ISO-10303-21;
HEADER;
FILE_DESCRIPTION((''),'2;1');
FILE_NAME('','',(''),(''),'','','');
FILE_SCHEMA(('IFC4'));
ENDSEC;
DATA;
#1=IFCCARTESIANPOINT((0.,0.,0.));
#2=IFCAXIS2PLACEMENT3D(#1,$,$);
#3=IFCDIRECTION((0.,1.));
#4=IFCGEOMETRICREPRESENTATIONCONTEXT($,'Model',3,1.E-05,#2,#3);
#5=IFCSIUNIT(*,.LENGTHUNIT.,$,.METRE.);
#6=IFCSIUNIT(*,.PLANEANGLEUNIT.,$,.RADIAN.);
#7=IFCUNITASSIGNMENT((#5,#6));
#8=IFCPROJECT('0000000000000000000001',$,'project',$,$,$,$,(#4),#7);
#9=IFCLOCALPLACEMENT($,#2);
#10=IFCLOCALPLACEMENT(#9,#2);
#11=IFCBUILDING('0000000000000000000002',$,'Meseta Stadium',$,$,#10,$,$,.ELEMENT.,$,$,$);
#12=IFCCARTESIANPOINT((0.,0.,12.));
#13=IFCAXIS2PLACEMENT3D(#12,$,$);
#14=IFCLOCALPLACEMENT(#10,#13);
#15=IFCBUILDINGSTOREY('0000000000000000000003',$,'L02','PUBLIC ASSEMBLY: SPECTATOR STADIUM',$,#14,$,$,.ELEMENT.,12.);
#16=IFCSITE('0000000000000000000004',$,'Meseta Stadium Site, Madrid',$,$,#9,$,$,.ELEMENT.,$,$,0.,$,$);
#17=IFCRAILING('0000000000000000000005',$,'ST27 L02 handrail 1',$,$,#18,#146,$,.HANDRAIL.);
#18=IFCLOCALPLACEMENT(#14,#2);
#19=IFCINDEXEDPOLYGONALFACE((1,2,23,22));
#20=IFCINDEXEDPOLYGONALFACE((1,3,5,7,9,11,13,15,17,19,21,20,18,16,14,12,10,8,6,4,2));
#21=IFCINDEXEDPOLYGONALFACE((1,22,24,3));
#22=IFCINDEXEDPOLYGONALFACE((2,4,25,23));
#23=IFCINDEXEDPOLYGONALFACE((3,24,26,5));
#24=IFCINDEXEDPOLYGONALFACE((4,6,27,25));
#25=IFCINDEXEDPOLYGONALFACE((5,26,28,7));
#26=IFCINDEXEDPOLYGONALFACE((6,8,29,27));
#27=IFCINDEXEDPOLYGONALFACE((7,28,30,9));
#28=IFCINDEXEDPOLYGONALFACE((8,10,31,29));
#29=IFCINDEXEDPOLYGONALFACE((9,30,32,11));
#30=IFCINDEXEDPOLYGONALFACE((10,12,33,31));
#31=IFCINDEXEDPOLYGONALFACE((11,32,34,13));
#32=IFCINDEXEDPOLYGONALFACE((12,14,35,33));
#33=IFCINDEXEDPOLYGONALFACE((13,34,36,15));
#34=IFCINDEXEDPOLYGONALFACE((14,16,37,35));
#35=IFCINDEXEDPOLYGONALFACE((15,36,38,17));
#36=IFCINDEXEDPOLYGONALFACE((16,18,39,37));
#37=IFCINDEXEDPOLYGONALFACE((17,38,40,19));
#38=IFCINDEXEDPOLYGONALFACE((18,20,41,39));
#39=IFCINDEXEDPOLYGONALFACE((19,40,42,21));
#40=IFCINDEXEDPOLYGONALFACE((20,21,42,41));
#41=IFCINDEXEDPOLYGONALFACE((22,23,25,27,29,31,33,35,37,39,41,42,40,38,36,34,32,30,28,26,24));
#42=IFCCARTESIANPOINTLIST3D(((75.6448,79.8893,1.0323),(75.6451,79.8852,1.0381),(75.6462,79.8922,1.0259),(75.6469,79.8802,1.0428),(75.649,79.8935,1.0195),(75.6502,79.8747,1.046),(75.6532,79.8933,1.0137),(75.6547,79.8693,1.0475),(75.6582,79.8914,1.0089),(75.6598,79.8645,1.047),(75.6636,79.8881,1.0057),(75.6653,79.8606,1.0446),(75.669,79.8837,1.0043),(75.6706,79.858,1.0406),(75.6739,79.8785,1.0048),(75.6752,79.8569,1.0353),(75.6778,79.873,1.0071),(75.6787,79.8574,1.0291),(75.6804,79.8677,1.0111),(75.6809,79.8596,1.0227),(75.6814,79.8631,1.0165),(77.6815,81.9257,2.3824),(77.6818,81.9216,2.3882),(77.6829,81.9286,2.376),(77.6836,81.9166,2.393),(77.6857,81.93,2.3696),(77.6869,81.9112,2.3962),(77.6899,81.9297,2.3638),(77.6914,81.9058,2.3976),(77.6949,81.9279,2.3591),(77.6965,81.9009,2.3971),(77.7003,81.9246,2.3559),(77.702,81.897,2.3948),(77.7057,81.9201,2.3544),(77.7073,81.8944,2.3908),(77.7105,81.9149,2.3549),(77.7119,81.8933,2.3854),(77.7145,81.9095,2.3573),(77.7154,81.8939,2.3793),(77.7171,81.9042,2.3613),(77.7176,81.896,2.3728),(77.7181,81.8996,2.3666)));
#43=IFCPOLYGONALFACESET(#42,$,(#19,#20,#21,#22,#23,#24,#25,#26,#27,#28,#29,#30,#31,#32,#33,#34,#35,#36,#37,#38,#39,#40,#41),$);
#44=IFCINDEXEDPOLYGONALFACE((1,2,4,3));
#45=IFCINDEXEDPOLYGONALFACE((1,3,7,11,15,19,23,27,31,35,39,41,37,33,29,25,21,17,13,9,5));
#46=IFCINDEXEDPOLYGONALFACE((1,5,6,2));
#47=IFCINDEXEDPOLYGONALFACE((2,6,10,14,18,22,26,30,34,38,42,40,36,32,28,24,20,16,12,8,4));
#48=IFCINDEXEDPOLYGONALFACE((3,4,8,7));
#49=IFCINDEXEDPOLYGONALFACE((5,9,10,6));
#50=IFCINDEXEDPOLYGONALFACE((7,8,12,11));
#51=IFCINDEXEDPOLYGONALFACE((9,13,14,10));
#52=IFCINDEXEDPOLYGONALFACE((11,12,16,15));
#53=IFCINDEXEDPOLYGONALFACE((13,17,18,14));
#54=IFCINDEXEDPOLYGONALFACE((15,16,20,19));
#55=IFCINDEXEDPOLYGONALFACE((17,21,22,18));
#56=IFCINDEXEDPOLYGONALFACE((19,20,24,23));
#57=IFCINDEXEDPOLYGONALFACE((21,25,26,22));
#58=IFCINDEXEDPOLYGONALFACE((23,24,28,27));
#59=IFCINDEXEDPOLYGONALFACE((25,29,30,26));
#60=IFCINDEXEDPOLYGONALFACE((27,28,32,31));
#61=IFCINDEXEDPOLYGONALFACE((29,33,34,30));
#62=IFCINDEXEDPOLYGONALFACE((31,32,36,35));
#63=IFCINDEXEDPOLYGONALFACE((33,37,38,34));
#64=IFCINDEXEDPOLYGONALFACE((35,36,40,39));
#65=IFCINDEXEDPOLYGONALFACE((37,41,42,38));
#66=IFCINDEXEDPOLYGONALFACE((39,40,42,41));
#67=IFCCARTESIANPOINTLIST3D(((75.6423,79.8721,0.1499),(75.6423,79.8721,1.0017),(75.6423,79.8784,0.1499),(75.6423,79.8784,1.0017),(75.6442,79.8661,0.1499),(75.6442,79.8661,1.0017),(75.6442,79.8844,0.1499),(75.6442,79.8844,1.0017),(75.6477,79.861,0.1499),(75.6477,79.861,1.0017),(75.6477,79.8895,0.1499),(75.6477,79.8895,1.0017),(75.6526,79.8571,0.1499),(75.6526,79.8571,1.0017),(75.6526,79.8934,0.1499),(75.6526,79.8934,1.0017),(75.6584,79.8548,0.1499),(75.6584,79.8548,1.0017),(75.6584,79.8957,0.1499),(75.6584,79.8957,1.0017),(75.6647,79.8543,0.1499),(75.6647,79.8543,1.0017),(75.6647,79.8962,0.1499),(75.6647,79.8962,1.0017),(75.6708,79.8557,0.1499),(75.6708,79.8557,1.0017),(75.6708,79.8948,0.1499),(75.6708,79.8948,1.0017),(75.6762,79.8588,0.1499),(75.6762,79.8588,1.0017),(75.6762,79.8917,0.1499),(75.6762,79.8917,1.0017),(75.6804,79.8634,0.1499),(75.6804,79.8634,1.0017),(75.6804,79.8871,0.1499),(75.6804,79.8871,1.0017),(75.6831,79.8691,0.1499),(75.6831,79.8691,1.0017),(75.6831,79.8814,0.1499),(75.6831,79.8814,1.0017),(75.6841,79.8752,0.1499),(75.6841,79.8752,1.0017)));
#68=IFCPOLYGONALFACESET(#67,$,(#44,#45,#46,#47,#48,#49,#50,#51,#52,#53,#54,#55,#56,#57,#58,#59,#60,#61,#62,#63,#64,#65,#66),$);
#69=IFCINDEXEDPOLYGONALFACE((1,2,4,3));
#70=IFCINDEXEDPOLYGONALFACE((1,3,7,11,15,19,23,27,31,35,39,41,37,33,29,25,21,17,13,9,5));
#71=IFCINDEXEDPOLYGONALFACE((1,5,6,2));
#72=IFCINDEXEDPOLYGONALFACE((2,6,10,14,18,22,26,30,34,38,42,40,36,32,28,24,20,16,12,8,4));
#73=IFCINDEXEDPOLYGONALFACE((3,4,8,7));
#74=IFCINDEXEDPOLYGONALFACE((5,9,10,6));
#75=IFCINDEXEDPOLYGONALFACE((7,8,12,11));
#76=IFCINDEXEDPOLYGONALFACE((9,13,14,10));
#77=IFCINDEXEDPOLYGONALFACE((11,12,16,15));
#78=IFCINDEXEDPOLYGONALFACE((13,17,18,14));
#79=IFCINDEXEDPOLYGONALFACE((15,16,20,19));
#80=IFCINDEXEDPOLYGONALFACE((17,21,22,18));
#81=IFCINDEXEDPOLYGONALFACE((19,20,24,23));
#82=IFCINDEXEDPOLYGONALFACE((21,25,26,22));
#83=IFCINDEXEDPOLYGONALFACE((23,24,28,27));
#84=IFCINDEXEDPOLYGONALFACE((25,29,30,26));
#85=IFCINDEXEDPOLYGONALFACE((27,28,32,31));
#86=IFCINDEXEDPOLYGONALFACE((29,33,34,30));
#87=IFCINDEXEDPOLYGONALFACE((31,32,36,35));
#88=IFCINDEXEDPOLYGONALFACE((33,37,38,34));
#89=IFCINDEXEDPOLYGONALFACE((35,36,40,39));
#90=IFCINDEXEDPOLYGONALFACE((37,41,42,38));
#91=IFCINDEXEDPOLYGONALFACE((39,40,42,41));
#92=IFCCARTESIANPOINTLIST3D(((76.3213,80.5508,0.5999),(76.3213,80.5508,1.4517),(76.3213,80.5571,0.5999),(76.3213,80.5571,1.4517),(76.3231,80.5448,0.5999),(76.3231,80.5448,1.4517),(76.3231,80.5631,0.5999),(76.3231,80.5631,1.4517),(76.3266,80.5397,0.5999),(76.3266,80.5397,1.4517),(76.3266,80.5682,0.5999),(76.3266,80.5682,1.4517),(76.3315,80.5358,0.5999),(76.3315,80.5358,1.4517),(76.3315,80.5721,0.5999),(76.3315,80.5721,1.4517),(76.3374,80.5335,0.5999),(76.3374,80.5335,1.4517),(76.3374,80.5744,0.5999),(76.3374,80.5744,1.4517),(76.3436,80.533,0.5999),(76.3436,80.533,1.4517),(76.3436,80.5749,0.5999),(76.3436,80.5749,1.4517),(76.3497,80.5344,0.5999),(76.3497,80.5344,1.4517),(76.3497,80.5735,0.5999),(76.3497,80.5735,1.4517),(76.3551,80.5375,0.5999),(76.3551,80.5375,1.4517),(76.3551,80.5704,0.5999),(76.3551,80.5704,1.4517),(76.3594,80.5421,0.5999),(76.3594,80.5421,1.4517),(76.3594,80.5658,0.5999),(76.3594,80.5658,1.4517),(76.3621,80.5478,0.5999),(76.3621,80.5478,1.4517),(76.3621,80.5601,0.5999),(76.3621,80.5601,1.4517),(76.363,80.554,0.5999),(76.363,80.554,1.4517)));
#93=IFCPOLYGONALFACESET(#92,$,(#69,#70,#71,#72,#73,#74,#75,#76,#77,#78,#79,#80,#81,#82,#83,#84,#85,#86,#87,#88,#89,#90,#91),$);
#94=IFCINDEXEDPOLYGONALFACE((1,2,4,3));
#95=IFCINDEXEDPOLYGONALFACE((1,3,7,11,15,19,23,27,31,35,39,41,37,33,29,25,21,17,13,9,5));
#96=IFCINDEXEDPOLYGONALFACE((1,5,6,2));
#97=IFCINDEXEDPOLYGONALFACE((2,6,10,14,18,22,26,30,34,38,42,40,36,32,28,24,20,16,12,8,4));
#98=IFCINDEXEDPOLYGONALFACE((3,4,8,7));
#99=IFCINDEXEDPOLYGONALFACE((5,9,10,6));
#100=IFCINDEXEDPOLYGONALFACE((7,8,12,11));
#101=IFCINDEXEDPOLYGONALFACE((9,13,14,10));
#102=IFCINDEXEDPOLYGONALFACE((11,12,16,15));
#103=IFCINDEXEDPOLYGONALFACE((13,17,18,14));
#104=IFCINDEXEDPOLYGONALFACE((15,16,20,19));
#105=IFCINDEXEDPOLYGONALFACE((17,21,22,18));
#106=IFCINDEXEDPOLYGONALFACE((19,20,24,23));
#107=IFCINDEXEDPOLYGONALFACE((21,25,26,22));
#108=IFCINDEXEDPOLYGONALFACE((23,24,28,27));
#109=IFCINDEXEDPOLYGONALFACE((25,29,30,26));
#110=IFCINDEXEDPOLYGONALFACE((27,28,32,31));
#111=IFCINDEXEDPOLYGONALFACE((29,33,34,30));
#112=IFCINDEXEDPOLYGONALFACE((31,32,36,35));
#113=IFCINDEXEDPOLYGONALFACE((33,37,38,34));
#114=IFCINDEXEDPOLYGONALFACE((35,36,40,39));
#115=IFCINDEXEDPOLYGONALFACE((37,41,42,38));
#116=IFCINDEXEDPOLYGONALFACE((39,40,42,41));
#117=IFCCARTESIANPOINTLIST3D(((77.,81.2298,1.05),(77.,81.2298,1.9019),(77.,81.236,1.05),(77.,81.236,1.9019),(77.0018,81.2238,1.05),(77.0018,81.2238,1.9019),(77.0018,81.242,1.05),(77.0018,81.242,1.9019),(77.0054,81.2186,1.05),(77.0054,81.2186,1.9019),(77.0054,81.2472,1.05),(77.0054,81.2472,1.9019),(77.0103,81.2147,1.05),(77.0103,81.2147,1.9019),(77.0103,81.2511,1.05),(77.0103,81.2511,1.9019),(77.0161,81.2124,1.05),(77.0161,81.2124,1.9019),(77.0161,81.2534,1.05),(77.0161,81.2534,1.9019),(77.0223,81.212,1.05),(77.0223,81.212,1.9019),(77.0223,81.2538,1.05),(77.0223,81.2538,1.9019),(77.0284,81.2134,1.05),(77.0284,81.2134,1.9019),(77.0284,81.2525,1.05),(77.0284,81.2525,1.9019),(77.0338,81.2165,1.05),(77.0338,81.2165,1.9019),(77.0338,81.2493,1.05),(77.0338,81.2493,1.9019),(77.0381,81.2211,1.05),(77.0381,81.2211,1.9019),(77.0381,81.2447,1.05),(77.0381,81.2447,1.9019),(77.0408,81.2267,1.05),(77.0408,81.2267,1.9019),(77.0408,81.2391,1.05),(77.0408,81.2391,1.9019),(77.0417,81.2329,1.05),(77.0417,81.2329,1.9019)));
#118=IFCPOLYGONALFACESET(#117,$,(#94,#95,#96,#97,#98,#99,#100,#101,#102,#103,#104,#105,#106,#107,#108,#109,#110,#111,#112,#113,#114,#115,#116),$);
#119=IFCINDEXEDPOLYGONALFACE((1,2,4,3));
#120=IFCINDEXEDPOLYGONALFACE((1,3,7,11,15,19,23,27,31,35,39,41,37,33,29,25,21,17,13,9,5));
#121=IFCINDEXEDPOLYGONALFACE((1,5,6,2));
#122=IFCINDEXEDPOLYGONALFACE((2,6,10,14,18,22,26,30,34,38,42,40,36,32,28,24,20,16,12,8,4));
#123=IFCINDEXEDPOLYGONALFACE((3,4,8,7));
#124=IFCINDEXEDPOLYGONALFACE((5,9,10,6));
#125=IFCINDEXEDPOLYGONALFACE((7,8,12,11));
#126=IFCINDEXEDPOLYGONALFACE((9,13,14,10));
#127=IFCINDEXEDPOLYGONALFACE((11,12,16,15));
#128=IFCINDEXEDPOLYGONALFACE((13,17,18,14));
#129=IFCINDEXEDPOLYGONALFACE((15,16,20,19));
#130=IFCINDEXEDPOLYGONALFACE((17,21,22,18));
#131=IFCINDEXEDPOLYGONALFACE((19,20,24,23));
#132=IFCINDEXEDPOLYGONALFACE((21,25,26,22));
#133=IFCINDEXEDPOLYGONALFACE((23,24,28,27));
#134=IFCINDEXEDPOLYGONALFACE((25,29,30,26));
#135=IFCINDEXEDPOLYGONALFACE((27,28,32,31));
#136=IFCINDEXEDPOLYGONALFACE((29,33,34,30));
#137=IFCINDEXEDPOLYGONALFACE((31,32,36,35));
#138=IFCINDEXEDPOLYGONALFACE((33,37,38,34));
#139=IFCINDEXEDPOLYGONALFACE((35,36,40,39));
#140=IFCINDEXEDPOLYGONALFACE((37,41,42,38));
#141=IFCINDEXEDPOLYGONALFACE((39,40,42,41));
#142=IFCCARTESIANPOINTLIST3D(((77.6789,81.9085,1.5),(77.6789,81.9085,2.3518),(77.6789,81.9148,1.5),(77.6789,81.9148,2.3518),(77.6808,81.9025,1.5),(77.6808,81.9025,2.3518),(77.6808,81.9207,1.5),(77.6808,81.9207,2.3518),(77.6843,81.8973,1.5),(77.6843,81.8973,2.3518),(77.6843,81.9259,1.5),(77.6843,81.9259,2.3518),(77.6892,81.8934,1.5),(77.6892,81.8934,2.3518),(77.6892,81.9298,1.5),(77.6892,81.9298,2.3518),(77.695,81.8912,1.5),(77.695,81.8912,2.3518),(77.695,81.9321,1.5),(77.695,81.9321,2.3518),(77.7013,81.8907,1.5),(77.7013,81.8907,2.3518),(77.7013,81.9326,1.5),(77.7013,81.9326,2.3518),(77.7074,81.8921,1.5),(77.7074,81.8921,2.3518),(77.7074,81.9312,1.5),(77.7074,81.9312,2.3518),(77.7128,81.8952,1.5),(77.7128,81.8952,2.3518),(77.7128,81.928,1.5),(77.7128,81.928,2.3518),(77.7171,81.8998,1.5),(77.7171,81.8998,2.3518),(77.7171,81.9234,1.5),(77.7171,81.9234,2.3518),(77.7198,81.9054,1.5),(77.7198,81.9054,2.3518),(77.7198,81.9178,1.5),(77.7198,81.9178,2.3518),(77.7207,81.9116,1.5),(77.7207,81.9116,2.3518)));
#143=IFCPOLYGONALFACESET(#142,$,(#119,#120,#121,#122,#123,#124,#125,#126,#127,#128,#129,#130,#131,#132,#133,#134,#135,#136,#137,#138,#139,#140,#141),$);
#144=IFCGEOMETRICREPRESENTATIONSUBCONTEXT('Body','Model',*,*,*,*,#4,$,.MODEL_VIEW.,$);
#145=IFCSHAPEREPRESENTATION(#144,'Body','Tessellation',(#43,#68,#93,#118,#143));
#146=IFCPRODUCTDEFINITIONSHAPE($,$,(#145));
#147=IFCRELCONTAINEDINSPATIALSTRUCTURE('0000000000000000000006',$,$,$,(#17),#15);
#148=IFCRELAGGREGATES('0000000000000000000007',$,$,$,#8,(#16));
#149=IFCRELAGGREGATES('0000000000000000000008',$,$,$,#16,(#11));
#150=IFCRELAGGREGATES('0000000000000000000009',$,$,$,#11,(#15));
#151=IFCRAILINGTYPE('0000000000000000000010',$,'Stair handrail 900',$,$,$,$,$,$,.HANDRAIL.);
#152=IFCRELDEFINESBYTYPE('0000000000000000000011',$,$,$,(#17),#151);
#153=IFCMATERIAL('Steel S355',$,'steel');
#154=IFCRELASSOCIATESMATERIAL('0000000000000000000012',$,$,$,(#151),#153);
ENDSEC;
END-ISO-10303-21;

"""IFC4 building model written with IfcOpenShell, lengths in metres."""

from ifc_helpers import new_model, si_unit, direction, frame, origin, origin_2d, place, context, subcontext, project, spatial, circle, extrude, material, type_object, element, save


model = new_model("IFC4")

# Units and contexts
model_context = context("Model", 3, precision=1e-05, world=origin(), true_north=direction((0.0, 1.0)))
body_context = subcontext(model_context, "Body", "Model", "MODEL_VIEW")
ifc_project = project(units=[si_unit("LENGTHUNIT", "METRE"), si_unit("PLANEANGLEUNIT", "RADIAN")], contexts=[model_context])

# Site, building, storey
site_placement = place(None, origin())
site = spatial("IfcSite", under=ifc_project, at=site_placement, Name="Meseta Stadium Site, Madrid", CompositionType="ELEMENT", RefElevation=0.0)
building_placement = place(site_placement, origin())
building = spatial("IfcBuilding", under=site, at=building_placement, Name="Meseta Stadium", CompositionType="ELEMENT")
storey_placement = place(building_placement, frame((0.0, 0.0, 12.0)))
storey = spatial("IfcBuildingStorey", under=building, at=storey_placement, Name="L02", Description="PUBLIC ASSEMBLY: SPECTATOR STADIUM", CompositionType="ELEMENT", Elevation=12.0)

# Railing
ifc_material_1 = material(Name="Steel S355", Category="steel")
railing_type_1 = type_object("IfcRailingType", Name="Stair handrail 900", PredefinedType="HANDRAIL", material=ifc_material_1)
for number, where, name in (
    (1, (75.6631, 79.8752, 0.1499), "ST27 L02 handrail 1"),
):
    element("IfcRailing", number, at=place(storey_placement, frame(where)), inside=storey, type_object=railing_type_1, Name=name, PredefinedType="HANDRAIL", context=body_context, shape_type="SweptSolid", body=[
        extrude(circle(Radius=0.0239, at=origin_2d()), frame((0.0, 0.0, 0.876), z_axis=(0.640288, 0.640211, 0.424454), x_axis=(-0.707064, 0.707149, 0.0)), (0.0, 0.0, 1.0), 3.1809),
        extrude(circle(Radius=0.021, at=origin_2d()), origin(), (0.0, 0.0, 1.0), 0.8518),
        extrude(circle(Radius=0.021, at=origin_2d()), frame((0.679, 0.6787, 0.45)), (0.0, 0.0, 1.0), 0.8518),
        extrude(circle(Radius=0.021, at=origin_2d()), frame((1.3577, 1.3577, 0.9001)), (0.0, 0.0, 1.0), 0.8518),
        extrude(circle(Radius=0.021, at=origin_2d()), frame((2.0366, 2.0364, 1.3501)), (0.0, 0.0, 1.0), 0.8518),
    ])

save(model, "model.ifc")
